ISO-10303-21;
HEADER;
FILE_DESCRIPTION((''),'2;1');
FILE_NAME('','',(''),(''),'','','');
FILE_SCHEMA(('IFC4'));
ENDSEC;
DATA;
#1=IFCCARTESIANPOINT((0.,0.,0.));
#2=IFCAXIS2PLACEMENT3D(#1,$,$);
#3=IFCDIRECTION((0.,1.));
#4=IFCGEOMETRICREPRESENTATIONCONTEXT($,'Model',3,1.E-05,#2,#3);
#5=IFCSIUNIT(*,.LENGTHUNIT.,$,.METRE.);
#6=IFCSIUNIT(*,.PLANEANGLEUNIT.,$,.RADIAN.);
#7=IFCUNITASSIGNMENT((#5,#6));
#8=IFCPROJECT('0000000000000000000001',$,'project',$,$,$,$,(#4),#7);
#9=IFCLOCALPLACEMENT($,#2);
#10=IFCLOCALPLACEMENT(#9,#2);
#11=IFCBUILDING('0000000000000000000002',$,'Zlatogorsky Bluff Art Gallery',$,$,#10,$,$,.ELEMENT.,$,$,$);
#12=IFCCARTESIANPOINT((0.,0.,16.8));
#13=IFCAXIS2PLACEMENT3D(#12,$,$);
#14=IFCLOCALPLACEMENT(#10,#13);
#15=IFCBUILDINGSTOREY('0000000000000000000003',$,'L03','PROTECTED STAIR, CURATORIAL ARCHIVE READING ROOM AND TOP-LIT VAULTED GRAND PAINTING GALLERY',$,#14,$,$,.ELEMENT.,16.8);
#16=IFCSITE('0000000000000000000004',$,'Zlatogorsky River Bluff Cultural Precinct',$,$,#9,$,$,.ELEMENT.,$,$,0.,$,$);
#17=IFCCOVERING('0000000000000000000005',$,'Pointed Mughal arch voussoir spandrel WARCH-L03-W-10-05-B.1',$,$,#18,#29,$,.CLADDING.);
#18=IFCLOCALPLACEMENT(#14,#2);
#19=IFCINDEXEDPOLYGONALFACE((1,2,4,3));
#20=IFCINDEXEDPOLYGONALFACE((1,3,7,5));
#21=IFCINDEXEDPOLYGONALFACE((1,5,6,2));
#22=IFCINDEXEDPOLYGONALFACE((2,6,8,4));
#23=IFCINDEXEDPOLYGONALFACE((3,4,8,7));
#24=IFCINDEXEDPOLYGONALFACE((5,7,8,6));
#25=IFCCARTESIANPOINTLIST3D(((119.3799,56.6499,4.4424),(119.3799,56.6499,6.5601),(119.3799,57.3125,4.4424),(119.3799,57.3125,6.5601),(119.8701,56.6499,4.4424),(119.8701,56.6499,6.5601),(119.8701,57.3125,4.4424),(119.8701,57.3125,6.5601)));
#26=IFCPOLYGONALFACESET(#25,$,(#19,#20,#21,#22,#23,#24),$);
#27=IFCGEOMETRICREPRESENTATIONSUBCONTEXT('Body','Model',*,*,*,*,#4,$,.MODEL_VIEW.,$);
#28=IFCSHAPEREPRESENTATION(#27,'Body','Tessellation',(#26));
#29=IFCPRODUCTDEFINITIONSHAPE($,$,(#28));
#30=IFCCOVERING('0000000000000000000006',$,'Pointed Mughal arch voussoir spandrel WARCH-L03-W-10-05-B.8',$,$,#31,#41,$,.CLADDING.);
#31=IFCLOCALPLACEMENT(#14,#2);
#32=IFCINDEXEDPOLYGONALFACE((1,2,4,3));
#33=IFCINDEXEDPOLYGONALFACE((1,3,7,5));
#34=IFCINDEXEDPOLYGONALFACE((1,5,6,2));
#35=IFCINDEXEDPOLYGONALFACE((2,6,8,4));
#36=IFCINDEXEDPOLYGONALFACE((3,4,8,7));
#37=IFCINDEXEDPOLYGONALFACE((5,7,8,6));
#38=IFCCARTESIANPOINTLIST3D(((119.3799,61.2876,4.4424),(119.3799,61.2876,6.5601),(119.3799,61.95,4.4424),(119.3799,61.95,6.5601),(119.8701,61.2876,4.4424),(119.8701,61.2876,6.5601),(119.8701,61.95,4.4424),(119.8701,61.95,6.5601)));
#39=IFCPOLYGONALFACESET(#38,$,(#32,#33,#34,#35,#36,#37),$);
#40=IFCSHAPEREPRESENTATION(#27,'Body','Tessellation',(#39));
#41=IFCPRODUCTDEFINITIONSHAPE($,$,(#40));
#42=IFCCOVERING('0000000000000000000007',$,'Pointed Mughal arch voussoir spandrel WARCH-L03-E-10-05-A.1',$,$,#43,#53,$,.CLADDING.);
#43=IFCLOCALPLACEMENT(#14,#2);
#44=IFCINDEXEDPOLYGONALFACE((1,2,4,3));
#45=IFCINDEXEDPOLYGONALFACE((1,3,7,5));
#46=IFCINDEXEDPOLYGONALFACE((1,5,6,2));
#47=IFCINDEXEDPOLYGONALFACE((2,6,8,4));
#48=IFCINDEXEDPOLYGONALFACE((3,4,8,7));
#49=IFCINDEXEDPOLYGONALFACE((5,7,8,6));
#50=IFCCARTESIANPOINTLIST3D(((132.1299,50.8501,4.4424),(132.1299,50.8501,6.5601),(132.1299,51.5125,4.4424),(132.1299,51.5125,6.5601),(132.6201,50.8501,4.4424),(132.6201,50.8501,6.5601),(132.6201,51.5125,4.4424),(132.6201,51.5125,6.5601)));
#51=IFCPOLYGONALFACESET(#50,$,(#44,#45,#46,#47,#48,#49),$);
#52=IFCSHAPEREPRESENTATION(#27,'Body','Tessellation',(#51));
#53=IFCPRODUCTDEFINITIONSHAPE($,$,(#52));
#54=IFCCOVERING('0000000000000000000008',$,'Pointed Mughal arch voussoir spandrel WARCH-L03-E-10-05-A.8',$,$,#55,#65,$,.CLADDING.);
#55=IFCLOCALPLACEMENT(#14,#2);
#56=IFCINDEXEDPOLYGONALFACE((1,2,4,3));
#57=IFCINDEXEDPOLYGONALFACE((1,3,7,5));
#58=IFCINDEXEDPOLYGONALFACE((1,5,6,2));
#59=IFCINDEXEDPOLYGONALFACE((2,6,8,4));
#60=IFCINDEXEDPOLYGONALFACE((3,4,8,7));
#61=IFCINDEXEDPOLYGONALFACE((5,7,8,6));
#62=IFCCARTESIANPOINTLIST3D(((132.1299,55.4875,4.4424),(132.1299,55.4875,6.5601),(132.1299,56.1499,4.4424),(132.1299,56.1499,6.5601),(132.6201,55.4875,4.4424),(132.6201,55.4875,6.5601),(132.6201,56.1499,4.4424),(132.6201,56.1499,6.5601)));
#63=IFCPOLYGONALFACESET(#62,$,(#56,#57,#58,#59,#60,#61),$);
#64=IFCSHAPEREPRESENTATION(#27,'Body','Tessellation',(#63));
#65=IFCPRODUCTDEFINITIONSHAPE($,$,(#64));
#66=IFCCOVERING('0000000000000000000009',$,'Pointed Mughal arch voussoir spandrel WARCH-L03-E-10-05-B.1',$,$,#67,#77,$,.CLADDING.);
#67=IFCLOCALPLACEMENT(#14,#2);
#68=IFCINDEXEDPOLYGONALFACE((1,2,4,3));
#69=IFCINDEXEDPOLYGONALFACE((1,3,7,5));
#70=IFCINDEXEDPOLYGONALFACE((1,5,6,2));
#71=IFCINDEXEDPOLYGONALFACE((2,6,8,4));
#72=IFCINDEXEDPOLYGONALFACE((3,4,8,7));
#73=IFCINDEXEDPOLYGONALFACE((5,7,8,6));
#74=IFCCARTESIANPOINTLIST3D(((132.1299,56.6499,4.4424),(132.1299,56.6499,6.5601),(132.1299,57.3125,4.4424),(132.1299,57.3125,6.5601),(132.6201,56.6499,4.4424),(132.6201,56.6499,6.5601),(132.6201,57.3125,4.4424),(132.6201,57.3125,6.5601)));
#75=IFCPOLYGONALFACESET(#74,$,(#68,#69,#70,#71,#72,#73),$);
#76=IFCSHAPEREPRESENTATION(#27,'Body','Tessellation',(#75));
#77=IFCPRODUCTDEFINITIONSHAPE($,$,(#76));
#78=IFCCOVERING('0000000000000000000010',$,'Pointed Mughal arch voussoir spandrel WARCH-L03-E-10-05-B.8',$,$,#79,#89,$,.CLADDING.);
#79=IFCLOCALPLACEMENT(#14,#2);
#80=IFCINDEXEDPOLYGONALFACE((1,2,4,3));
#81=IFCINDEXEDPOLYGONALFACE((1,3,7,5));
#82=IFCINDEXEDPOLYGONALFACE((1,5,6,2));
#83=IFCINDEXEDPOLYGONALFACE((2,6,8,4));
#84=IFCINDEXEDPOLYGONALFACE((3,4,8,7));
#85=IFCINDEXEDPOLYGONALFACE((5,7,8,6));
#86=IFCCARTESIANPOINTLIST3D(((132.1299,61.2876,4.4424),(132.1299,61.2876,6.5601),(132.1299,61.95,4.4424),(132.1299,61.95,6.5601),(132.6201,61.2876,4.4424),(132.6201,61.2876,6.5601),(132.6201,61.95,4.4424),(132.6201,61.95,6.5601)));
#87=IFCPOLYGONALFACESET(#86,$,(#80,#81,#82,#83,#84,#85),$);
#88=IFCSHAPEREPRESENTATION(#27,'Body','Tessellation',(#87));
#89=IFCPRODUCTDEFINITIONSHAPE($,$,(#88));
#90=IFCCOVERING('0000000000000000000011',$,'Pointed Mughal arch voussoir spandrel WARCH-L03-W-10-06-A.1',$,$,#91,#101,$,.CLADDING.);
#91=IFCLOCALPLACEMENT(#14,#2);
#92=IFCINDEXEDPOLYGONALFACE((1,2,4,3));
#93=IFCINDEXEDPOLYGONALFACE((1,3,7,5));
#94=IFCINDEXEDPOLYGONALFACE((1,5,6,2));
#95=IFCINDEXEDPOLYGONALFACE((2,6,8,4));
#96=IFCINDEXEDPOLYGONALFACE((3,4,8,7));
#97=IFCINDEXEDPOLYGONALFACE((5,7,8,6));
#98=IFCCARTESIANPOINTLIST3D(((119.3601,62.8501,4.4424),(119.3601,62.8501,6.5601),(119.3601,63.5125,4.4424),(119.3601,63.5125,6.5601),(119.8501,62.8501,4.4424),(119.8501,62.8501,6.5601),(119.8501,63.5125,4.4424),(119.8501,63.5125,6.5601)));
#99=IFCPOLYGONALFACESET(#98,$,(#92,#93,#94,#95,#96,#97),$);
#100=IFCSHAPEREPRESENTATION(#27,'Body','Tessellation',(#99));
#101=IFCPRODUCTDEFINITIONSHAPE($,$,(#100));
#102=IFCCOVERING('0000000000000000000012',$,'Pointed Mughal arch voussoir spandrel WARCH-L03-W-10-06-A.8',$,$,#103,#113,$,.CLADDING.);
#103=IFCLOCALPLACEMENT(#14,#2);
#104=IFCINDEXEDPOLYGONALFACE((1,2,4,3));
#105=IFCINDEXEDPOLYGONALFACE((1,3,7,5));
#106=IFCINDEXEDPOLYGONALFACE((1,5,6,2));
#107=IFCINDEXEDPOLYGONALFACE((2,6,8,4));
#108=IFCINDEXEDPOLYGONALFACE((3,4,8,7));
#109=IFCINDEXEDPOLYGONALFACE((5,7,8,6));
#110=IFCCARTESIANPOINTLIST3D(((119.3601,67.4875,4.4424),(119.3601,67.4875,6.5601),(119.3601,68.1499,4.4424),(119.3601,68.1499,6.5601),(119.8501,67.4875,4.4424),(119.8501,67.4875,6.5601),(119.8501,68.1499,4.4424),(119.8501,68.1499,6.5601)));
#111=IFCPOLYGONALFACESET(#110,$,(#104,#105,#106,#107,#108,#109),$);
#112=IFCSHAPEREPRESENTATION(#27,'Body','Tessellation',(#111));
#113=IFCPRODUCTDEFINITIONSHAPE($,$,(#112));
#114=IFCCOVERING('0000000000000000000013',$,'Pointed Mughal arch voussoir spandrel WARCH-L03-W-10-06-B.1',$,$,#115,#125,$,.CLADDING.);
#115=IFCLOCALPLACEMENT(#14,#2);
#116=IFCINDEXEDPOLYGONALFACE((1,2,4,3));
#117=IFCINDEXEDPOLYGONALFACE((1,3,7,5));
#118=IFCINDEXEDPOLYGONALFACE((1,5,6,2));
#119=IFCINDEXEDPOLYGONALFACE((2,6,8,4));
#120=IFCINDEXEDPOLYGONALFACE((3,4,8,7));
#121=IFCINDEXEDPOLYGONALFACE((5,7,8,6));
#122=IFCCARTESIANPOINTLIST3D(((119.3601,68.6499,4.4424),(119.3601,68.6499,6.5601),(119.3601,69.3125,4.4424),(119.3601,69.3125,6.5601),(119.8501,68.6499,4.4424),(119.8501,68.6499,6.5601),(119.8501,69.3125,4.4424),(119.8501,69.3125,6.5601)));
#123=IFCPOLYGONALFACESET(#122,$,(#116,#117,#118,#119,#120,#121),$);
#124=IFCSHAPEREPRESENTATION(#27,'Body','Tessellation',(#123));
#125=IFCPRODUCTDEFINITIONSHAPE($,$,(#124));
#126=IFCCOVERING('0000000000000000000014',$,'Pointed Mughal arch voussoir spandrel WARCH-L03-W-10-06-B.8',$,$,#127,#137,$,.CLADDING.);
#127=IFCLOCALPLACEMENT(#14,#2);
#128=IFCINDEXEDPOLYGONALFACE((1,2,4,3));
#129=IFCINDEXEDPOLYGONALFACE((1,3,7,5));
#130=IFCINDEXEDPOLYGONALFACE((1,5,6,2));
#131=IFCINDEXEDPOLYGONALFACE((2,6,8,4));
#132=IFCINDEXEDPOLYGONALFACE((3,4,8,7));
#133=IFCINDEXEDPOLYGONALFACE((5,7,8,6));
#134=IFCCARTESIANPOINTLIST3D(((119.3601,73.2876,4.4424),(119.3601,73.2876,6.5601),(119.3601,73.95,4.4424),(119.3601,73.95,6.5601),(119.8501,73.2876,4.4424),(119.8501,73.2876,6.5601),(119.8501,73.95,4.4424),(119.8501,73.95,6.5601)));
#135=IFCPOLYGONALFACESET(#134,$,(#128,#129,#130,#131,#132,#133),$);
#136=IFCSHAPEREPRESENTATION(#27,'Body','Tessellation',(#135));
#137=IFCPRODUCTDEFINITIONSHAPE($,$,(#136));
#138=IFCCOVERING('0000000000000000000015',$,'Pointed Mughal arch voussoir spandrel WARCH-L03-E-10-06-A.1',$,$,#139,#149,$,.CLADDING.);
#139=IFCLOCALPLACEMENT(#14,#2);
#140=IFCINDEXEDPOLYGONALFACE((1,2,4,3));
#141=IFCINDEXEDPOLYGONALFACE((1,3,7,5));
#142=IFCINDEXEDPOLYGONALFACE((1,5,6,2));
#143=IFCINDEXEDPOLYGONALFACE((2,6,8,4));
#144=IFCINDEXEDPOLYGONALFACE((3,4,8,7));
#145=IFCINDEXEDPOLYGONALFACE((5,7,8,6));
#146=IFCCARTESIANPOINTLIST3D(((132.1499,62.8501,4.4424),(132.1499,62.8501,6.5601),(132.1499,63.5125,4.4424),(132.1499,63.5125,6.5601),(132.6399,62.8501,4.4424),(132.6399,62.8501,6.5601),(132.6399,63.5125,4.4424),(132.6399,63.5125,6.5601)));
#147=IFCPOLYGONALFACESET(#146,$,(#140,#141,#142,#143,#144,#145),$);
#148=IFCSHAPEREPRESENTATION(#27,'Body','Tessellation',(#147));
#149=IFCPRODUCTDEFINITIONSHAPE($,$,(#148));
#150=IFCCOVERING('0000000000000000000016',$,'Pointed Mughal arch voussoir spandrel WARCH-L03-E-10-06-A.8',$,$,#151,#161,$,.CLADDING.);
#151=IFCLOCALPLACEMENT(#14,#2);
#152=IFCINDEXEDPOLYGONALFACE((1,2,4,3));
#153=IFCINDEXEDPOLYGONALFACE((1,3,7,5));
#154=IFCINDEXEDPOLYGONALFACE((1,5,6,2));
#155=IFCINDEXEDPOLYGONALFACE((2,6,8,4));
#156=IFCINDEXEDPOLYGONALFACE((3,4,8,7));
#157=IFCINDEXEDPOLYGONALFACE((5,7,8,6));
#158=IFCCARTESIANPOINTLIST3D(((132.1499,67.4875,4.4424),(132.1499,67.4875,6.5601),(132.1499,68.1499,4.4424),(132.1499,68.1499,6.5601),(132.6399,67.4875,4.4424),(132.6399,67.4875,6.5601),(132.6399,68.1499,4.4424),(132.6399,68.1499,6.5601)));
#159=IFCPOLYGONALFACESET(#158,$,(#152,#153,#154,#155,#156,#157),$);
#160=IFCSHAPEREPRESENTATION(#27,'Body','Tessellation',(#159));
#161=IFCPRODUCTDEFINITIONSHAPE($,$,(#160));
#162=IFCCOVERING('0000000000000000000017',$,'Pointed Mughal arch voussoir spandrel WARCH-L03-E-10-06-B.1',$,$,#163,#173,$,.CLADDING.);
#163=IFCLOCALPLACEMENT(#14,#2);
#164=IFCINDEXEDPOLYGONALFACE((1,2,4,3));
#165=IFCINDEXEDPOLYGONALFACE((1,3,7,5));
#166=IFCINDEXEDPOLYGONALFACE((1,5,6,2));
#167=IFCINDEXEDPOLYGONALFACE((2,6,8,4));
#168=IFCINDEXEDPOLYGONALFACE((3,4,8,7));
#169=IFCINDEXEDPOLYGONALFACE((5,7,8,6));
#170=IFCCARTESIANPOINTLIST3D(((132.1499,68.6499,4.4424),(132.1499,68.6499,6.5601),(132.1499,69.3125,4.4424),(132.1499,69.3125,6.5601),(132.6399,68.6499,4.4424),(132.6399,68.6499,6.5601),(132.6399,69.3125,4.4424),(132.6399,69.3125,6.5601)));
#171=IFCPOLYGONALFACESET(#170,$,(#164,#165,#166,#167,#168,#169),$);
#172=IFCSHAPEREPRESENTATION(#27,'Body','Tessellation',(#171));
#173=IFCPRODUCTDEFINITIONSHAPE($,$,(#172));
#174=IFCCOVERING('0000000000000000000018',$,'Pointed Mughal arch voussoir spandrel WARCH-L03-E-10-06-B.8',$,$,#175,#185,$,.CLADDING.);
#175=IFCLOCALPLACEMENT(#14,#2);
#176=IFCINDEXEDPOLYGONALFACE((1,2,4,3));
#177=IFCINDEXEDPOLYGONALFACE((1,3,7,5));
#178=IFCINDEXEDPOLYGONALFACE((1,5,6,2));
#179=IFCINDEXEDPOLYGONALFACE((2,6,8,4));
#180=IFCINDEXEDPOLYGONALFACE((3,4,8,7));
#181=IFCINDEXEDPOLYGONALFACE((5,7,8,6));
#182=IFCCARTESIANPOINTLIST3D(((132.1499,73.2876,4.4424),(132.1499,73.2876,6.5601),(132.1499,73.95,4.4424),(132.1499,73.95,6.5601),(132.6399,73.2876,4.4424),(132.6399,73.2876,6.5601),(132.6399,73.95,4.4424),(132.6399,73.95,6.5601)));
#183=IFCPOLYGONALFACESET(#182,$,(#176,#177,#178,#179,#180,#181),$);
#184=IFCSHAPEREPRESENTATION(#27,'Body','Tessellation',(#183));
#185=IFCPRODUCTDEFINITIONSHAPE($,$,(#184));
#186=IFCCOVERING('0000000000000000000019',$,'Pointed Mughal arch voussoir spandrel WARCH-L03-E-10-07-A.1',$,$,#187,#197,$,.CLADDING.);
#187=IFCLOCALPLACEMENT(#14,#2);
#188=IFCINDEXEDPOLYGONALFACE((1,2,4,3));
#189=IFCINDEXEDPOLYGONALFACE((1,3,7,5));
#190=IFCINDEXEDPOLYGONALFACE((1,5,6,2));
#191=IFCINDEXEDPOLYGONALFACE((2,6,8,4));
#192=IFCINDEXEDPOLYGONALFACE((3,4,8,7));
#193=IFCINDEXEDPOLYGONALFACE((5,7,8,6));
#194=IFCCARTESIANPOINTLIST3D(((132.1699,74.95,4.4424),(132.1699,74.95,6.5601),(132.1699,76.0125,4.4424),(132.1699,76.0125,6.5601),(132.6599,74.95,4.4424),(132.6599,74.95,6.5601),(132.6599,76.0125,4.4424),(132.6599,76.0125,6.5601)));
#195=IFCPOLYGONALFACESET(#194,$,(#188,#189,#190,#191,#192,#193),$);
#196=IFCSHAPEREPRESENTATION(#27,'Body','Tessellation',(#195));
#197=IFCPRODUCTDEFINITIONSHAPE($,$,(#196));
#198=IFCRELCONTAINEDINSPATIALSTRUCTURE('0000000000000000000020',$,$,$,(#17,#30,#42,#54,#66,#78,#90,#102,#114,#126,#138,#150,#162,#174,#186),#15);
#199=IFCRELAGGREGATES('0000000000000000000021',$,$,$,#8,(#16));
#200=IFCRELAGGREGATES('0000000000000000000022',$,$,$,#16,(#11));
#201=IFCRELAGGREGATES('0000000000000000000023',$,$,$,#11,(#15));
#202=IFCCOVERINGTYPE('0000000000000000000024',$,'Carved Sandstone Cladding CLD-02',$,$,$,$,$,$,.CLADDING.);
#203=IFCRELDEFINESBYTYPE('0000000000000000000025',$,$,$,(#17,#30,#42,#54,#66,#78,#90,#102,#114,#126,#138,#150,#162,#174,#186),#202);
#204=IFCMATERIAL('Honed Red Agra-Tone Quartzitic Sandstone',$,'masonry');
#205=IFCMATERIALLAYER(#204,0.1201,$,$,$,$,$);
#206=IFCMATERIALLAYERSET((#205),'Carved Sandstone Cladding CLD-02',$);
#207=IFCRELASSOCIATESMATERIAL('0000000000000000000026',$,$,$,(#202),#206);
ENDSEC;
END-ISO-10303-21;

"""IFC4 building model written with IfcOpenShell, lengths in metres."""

from ifc_helpers import new_model, si_unit, direction, frame, origin, place, context, subcontext, project, spatial, polyline, outline, extrude, material, layer, layer_set, type_object, element, save


model = new_model("IFC4")

# Units and contexts
model_context = context("Model", 3, precision=1e-05, world=origin(), true_north=direction((0.0, 1.0)))
body_context = subcontext(model_context, "Body", "Model", "MODEL_VIEW")
ifc_project = project(units=[si_unit("LENGTHUNIT", "METRE"), si_unit("PLANEANGLEUNIT", "RADIAN")], contexts=[model_context])

# Site, building, storey
site_placement = place(None, origin())
site = spatial("IfcSite", under=ifc_project, at=site_placement, Name="Zlatogorsky River Bluff Cultural Precinct", CompositionType="ELEMENT", RefElevation=0.0)
building_placement = place(site_placement, origin())
building = spatial("IfcBuilding", under=site, at=building_placement, Name="Zlatogorsky Bluff Art Gallery", CompositionType="ELEMENT")
storey_placement = place(building_placement, frame((0.0, 0.0, 16.8)))
storey = spatial("IfcBuildingStorey", under=building, at=storey_placement, Name="L03", Description="PROTECTED STAIR, CURATORIAL ARCHIVE READING ROOM AND TOP-LIT VAULTED GRAND PAINTING GALLERY", CompositionType="ELEMENT", Elevation=16.8)

# Coverings
ifc_material = material(Name="Honed Red Agra-Tone Quartzitic Sandstone", Category="masonry")
ifc_layer = layer(ifc_material, 0.1201)
ifc_layer_set = layer_set([ifc_layer], Name="Carved Sandstone Cladding CLD-02")
covering_type = type_object("IfcCoveringType", Name="Carved Sandstone Cladding CLD-02", PredefinedType="CLADDING", material=ifc_layer_set)
covering_1_placement = place(storey_placement, frame((0.0, 0.0, 4.4424)))
element("IfcCovering", 1, at=covering_1_placement, inside=storey, type_object=covering_type, Name="Pointed Mughal arch voussoir spandrel WARCH-L03-W-10-05-B.1", PredefinedType="CLADDING", context=body_context, shape_type="SweptSolid", body=[
    extrude(outline(polyline([(119.3799, 56.6499), (119.3799, 57.3125), (119.8701, 57.3125), (119.8701, 56.6499), (119.3799, 56.6499)])), origin(), (0.0, 0.0, 1.0), 2.1177),
])
covering_2_placement = place(storey_placement, frame((0.0, 0.0, 4.4424)))
element("IfcCovering", 2, at=covering_2_placement, inside=storey, type_object=covering_type, Name="Pointed Mughal arch voussoir spandrel WARCH-L03-W-10-05-B.8", PredefinedType="CLADDING", context=body_context, shape_type="SweptSolid", body=[
    extrude(outline(polyline([(119.3799, 61.2876), (119.3799, 61.95), (119.8701, 61.95), (119.8701, 61.2876), (119.3799, 61.2876)])), origin(), (0.0, 0.0, 1.0), 2.1177),
])
covering_3_placement = place(storey_placement, frame((0.0, 0.0, 4.4424)))
element("IfcCovering", 3, at=covering_3_placement, inside=storey, type_object=covering_type, Name="Pointed Mughal arch voussoir spandrel WARCH-L03-E-10-05-A.1", PredefinedType="CLADDING", context=body_context, shape_type="SweptSolid", body=[
    extrude(outline(polyline([(132.1299, 50.8501), (132.1299, 51.5125), (132.6201, 51.5125), (132.6201, 50.8501), (132.1299, 50.8501)])), origin(), (0.0, 0.0, 1.0), 2.1177),
])
covering_4_placement = place(storey_placement, frame((0.0, 0.0, 4.4424)))
element("IfcCovering", 4, at=covering_4_placement, inside=storey, type_object=covering_type, Name="Pointed Mughal arch voussoir spandrel WARCH-L03-E-10-05-A.8", PredefinedType="CLADDING", context=body_context, shape_type="SweptSolid", body=[
    extrude(outline(polyline([(132.1299, 55.4875), (132.1299, 56.1499), (132.6201, 56.1499), (132.6201, 55.4875), (132.1299, 55.4875)])), origin(), (0.0, 0.0, 1.0), 2.1177),
])
covering_5_placement = place(storey_placement, frame((0.0, 0.0, 4.4424)))
element("IfcCovering", 5, at=covering_5_placement, inside=storey, type_object=covering_type, Name="Pointed Mughal arch voussoir spandrel WARCH-L03-E-10-05-B.1", PredefinedType="CLADDING", context=body_context, shape_type="SweptSolid", body=[
    extrude(outline(polyline([(132.1299, 56.6499), (132.1299, 57.3125), (132.6201, 57.3125), (132.6201, 56.6499), (132.1299, 56.6499)])), origin(), (0.0, 0.0, 1.0), 2.1177),
])
covering_6_placement = place(storey_placement, frame((0.0, 0.0, 4.4424)))
element("IfcCovering", 6, at=covering_6_placement, inside=storey, type_object=covering_type, Name="Pointed Mughal arch voussoir spandrel WARCH-L03-E-10-05-B.8", PredefinedType="CLADDING", context=body_context, shape_type="SweptSolid", body=[
    extrude(outline(polyline([(132.1299, 61.2876), (132.1299, 61.95), (132.6201, 61.95), (132.6201, 61.2876), (132.1299, 61.2876)])), origin(), (0.0, 0.0, 1.0), 2.1177),
])
covering_7_placement = place(storey_placement, frame((0.0, 0.0, 4.4424)))
element("IfcCovering", 7, at=covering_7_placement, inside=storey, type_object=covering_type, Name="Pointed Mughal arch voussoir spandrel WARCH-L03-W-10-06-A.1", PredefinedType="CLADDING", context=body_context, shape_type="SweptSolid", body=[
    extrude(outline(polyline([(119.3601, 62.8501), (119.3601, 63.5125), (119.8501, 63.5125), (119.8501, 62.8501), (119.3601, 62.8501)])), origin(), (0.0, 0.0, 1.0), 2.1177),
])
covering_8_placement = place(storey_placement, frame((0.0, 0.0, 4.4424)))
element("IfcCovering", 8, at=covering_8_placement, inside=storey, type_object=covering_type, Name="Pointed Mughal arch voussoir spandrel WARCH-L03-W-10-06-A.8", PredefinedType="CLADDING", context=body_context, shape_type="SweptSolid", body=[
    extrude(outline(polyline([(119.3601, 67.4875), (119.3601, 68.1499), (119.8501, 68.1499), (119.8501, 67.4875), (119.3601, 67.4875)])), origin(), (0.0, 0.0, 1.0), 2.1177),
])
covering_9_placement = place(storey_placement, frame((0.0, 0.0, 4.4424)))
element("IfcCovering", 9, at=covering_9_placement, inside=storey, type_object=covering_type, Name="Pointed Mughal arch voussoir spandrel WARCH-L03-W-10-06-B.1", PredefinedType="CLADDING", context=body_context, shape_type="SweptSolid", body=[
    extrude(outline(polyline([(119.3601, 68.6499), (119.3601, 69.3125), (119.8501, 69.3125), (119.8501, 68.6499), (119.3601, 68.6499)])), origin(), (0.0, 0.0, 1.0), 2.1177),
])
covering_10_placement = place(storey_placement, frame((0.0, 0.0, 4.4424)))
element("IfcCovering", 10, at=covering_10_placement, inside=storey, type_object=covering_type, Name="Pointed Mughal arch voussoir spandrel WARCH-L03-W-10-06-B.8", PredefinedType="CLADDING", context=body_context, shape_type="SweptSolid", body=[
    extrude(outline(polyline([(119.3601, 73.2876), (119.3601, 73.95), (119.8501, 73.95), (119.8501, 73.2876), (119.3601, 73.2876)])), origin(), (0.0, 0.0, 1.0), 2.1177),
])
covering_11_placement = place(storey_placement, frame((0.0, 0.0, 4.4424)))
element("IfcCovering", 11, at=covering_11_placement, inside=storey, type_object=covering_type, Name="Pointed Mughal arch voussoir spandrel WARCH-L03-E-10-06-A.1", PredefinedType="CLADDING", context=body_context, shape_type="SweptSolid", body=[
    extrude(outline(polyline([(132.1499, 62.8501), (132.1499, 63.5125), (132.6399, 63.5125), (132.6399, 62.8501), (132.1499, 62.8501)])), origin(), (0.0, 0.0, 1.0), 2.1177),
])
covering_12_placement = place(storey_placement, frame((0.0, 0.0, 4.4424)))
element("IfcCovering", 12, at=covering_12_placement, inside=storey, type_object=covering_type, Name="Pointed Mughal arch voussoir spandrel WARCH-L03-E-10-06-A.8", PredefinedType="CLADDING", context=body_context, shape_type="SweptSolid", body=[
    extrude(outline(polyline([(132.1499, 67.4875), (132.1499, 68.1499), (132.6399, 68.1499), (132.6399, 67.4875), (132.1499, 67.4875)])), origin(), (0.0, 0.0, 1.0), 2.1177),
])
covering_13_placement = place(storey_placement, frame((0.0, 0.0, 4.4424)))
element("IfcCovering", 13, at=covering_13_placement, inside=storey, type_object=covering_type, Name="Pointed Mughal arch voussoir spandrel WARCH-L03-E-10-06-B.1", PredefinedType="CLADDING", context=body_context, shape_type="SweptSolid", body=[
    extrude(outline(polyline([(132.1499, 68.6499), (132.1499, 69.3125), (132.6399, 69.3125), (132.6399, 68.6499), (132.1499, 68.6499)])), origin(), (0.0, 0.0, 1.0), 2.1177),
])
covering_14_placement = place(storey_placement, frame((0.0, 0.0, 4.4424)))
element("IfcCovering", 14, at=covering_14_placement, inside=storey, type_object=covering_type, Name="Pointed Mughal arch voussoir spandrel WARCH-L03-E-10-06-B.8", PredefinedType="CLADDING", context=body_context, shape_type="SweptSolid", body=[
    extrude(outline(polyline([(132.1499, 73.2876), (132.1499, 73.95), (132.6399, 73.95), (132.6399, 73.2876), (132.1499, 73.2876)])), origin(), (0.0, 0.0, 1.0), 2.1177),
])
covering_15_placement = place(storey_placement, frame((0.0, 0.0, 4.4424)))
element("IfcCovering", 15, at=covering_15_placement, inside=storey, type_object=covering_type, Name="Pointed Mughal arch voussoir spandrel WARCH-L03-E-10-07-A.1", PredefinedType="CLADDING", context=body_context, shape_type="SweptSolid", body=[
    extrude(outline(polyline([(132.1699, 74.95), (132.1699, 76.0125), (132.6599, 76.0125), (132.6599, 74.95), (132.1699, 74.95)])), origin(), (0.0, 0.0, 1.0), 2.1177),
])

save(model, "model.ifc")
